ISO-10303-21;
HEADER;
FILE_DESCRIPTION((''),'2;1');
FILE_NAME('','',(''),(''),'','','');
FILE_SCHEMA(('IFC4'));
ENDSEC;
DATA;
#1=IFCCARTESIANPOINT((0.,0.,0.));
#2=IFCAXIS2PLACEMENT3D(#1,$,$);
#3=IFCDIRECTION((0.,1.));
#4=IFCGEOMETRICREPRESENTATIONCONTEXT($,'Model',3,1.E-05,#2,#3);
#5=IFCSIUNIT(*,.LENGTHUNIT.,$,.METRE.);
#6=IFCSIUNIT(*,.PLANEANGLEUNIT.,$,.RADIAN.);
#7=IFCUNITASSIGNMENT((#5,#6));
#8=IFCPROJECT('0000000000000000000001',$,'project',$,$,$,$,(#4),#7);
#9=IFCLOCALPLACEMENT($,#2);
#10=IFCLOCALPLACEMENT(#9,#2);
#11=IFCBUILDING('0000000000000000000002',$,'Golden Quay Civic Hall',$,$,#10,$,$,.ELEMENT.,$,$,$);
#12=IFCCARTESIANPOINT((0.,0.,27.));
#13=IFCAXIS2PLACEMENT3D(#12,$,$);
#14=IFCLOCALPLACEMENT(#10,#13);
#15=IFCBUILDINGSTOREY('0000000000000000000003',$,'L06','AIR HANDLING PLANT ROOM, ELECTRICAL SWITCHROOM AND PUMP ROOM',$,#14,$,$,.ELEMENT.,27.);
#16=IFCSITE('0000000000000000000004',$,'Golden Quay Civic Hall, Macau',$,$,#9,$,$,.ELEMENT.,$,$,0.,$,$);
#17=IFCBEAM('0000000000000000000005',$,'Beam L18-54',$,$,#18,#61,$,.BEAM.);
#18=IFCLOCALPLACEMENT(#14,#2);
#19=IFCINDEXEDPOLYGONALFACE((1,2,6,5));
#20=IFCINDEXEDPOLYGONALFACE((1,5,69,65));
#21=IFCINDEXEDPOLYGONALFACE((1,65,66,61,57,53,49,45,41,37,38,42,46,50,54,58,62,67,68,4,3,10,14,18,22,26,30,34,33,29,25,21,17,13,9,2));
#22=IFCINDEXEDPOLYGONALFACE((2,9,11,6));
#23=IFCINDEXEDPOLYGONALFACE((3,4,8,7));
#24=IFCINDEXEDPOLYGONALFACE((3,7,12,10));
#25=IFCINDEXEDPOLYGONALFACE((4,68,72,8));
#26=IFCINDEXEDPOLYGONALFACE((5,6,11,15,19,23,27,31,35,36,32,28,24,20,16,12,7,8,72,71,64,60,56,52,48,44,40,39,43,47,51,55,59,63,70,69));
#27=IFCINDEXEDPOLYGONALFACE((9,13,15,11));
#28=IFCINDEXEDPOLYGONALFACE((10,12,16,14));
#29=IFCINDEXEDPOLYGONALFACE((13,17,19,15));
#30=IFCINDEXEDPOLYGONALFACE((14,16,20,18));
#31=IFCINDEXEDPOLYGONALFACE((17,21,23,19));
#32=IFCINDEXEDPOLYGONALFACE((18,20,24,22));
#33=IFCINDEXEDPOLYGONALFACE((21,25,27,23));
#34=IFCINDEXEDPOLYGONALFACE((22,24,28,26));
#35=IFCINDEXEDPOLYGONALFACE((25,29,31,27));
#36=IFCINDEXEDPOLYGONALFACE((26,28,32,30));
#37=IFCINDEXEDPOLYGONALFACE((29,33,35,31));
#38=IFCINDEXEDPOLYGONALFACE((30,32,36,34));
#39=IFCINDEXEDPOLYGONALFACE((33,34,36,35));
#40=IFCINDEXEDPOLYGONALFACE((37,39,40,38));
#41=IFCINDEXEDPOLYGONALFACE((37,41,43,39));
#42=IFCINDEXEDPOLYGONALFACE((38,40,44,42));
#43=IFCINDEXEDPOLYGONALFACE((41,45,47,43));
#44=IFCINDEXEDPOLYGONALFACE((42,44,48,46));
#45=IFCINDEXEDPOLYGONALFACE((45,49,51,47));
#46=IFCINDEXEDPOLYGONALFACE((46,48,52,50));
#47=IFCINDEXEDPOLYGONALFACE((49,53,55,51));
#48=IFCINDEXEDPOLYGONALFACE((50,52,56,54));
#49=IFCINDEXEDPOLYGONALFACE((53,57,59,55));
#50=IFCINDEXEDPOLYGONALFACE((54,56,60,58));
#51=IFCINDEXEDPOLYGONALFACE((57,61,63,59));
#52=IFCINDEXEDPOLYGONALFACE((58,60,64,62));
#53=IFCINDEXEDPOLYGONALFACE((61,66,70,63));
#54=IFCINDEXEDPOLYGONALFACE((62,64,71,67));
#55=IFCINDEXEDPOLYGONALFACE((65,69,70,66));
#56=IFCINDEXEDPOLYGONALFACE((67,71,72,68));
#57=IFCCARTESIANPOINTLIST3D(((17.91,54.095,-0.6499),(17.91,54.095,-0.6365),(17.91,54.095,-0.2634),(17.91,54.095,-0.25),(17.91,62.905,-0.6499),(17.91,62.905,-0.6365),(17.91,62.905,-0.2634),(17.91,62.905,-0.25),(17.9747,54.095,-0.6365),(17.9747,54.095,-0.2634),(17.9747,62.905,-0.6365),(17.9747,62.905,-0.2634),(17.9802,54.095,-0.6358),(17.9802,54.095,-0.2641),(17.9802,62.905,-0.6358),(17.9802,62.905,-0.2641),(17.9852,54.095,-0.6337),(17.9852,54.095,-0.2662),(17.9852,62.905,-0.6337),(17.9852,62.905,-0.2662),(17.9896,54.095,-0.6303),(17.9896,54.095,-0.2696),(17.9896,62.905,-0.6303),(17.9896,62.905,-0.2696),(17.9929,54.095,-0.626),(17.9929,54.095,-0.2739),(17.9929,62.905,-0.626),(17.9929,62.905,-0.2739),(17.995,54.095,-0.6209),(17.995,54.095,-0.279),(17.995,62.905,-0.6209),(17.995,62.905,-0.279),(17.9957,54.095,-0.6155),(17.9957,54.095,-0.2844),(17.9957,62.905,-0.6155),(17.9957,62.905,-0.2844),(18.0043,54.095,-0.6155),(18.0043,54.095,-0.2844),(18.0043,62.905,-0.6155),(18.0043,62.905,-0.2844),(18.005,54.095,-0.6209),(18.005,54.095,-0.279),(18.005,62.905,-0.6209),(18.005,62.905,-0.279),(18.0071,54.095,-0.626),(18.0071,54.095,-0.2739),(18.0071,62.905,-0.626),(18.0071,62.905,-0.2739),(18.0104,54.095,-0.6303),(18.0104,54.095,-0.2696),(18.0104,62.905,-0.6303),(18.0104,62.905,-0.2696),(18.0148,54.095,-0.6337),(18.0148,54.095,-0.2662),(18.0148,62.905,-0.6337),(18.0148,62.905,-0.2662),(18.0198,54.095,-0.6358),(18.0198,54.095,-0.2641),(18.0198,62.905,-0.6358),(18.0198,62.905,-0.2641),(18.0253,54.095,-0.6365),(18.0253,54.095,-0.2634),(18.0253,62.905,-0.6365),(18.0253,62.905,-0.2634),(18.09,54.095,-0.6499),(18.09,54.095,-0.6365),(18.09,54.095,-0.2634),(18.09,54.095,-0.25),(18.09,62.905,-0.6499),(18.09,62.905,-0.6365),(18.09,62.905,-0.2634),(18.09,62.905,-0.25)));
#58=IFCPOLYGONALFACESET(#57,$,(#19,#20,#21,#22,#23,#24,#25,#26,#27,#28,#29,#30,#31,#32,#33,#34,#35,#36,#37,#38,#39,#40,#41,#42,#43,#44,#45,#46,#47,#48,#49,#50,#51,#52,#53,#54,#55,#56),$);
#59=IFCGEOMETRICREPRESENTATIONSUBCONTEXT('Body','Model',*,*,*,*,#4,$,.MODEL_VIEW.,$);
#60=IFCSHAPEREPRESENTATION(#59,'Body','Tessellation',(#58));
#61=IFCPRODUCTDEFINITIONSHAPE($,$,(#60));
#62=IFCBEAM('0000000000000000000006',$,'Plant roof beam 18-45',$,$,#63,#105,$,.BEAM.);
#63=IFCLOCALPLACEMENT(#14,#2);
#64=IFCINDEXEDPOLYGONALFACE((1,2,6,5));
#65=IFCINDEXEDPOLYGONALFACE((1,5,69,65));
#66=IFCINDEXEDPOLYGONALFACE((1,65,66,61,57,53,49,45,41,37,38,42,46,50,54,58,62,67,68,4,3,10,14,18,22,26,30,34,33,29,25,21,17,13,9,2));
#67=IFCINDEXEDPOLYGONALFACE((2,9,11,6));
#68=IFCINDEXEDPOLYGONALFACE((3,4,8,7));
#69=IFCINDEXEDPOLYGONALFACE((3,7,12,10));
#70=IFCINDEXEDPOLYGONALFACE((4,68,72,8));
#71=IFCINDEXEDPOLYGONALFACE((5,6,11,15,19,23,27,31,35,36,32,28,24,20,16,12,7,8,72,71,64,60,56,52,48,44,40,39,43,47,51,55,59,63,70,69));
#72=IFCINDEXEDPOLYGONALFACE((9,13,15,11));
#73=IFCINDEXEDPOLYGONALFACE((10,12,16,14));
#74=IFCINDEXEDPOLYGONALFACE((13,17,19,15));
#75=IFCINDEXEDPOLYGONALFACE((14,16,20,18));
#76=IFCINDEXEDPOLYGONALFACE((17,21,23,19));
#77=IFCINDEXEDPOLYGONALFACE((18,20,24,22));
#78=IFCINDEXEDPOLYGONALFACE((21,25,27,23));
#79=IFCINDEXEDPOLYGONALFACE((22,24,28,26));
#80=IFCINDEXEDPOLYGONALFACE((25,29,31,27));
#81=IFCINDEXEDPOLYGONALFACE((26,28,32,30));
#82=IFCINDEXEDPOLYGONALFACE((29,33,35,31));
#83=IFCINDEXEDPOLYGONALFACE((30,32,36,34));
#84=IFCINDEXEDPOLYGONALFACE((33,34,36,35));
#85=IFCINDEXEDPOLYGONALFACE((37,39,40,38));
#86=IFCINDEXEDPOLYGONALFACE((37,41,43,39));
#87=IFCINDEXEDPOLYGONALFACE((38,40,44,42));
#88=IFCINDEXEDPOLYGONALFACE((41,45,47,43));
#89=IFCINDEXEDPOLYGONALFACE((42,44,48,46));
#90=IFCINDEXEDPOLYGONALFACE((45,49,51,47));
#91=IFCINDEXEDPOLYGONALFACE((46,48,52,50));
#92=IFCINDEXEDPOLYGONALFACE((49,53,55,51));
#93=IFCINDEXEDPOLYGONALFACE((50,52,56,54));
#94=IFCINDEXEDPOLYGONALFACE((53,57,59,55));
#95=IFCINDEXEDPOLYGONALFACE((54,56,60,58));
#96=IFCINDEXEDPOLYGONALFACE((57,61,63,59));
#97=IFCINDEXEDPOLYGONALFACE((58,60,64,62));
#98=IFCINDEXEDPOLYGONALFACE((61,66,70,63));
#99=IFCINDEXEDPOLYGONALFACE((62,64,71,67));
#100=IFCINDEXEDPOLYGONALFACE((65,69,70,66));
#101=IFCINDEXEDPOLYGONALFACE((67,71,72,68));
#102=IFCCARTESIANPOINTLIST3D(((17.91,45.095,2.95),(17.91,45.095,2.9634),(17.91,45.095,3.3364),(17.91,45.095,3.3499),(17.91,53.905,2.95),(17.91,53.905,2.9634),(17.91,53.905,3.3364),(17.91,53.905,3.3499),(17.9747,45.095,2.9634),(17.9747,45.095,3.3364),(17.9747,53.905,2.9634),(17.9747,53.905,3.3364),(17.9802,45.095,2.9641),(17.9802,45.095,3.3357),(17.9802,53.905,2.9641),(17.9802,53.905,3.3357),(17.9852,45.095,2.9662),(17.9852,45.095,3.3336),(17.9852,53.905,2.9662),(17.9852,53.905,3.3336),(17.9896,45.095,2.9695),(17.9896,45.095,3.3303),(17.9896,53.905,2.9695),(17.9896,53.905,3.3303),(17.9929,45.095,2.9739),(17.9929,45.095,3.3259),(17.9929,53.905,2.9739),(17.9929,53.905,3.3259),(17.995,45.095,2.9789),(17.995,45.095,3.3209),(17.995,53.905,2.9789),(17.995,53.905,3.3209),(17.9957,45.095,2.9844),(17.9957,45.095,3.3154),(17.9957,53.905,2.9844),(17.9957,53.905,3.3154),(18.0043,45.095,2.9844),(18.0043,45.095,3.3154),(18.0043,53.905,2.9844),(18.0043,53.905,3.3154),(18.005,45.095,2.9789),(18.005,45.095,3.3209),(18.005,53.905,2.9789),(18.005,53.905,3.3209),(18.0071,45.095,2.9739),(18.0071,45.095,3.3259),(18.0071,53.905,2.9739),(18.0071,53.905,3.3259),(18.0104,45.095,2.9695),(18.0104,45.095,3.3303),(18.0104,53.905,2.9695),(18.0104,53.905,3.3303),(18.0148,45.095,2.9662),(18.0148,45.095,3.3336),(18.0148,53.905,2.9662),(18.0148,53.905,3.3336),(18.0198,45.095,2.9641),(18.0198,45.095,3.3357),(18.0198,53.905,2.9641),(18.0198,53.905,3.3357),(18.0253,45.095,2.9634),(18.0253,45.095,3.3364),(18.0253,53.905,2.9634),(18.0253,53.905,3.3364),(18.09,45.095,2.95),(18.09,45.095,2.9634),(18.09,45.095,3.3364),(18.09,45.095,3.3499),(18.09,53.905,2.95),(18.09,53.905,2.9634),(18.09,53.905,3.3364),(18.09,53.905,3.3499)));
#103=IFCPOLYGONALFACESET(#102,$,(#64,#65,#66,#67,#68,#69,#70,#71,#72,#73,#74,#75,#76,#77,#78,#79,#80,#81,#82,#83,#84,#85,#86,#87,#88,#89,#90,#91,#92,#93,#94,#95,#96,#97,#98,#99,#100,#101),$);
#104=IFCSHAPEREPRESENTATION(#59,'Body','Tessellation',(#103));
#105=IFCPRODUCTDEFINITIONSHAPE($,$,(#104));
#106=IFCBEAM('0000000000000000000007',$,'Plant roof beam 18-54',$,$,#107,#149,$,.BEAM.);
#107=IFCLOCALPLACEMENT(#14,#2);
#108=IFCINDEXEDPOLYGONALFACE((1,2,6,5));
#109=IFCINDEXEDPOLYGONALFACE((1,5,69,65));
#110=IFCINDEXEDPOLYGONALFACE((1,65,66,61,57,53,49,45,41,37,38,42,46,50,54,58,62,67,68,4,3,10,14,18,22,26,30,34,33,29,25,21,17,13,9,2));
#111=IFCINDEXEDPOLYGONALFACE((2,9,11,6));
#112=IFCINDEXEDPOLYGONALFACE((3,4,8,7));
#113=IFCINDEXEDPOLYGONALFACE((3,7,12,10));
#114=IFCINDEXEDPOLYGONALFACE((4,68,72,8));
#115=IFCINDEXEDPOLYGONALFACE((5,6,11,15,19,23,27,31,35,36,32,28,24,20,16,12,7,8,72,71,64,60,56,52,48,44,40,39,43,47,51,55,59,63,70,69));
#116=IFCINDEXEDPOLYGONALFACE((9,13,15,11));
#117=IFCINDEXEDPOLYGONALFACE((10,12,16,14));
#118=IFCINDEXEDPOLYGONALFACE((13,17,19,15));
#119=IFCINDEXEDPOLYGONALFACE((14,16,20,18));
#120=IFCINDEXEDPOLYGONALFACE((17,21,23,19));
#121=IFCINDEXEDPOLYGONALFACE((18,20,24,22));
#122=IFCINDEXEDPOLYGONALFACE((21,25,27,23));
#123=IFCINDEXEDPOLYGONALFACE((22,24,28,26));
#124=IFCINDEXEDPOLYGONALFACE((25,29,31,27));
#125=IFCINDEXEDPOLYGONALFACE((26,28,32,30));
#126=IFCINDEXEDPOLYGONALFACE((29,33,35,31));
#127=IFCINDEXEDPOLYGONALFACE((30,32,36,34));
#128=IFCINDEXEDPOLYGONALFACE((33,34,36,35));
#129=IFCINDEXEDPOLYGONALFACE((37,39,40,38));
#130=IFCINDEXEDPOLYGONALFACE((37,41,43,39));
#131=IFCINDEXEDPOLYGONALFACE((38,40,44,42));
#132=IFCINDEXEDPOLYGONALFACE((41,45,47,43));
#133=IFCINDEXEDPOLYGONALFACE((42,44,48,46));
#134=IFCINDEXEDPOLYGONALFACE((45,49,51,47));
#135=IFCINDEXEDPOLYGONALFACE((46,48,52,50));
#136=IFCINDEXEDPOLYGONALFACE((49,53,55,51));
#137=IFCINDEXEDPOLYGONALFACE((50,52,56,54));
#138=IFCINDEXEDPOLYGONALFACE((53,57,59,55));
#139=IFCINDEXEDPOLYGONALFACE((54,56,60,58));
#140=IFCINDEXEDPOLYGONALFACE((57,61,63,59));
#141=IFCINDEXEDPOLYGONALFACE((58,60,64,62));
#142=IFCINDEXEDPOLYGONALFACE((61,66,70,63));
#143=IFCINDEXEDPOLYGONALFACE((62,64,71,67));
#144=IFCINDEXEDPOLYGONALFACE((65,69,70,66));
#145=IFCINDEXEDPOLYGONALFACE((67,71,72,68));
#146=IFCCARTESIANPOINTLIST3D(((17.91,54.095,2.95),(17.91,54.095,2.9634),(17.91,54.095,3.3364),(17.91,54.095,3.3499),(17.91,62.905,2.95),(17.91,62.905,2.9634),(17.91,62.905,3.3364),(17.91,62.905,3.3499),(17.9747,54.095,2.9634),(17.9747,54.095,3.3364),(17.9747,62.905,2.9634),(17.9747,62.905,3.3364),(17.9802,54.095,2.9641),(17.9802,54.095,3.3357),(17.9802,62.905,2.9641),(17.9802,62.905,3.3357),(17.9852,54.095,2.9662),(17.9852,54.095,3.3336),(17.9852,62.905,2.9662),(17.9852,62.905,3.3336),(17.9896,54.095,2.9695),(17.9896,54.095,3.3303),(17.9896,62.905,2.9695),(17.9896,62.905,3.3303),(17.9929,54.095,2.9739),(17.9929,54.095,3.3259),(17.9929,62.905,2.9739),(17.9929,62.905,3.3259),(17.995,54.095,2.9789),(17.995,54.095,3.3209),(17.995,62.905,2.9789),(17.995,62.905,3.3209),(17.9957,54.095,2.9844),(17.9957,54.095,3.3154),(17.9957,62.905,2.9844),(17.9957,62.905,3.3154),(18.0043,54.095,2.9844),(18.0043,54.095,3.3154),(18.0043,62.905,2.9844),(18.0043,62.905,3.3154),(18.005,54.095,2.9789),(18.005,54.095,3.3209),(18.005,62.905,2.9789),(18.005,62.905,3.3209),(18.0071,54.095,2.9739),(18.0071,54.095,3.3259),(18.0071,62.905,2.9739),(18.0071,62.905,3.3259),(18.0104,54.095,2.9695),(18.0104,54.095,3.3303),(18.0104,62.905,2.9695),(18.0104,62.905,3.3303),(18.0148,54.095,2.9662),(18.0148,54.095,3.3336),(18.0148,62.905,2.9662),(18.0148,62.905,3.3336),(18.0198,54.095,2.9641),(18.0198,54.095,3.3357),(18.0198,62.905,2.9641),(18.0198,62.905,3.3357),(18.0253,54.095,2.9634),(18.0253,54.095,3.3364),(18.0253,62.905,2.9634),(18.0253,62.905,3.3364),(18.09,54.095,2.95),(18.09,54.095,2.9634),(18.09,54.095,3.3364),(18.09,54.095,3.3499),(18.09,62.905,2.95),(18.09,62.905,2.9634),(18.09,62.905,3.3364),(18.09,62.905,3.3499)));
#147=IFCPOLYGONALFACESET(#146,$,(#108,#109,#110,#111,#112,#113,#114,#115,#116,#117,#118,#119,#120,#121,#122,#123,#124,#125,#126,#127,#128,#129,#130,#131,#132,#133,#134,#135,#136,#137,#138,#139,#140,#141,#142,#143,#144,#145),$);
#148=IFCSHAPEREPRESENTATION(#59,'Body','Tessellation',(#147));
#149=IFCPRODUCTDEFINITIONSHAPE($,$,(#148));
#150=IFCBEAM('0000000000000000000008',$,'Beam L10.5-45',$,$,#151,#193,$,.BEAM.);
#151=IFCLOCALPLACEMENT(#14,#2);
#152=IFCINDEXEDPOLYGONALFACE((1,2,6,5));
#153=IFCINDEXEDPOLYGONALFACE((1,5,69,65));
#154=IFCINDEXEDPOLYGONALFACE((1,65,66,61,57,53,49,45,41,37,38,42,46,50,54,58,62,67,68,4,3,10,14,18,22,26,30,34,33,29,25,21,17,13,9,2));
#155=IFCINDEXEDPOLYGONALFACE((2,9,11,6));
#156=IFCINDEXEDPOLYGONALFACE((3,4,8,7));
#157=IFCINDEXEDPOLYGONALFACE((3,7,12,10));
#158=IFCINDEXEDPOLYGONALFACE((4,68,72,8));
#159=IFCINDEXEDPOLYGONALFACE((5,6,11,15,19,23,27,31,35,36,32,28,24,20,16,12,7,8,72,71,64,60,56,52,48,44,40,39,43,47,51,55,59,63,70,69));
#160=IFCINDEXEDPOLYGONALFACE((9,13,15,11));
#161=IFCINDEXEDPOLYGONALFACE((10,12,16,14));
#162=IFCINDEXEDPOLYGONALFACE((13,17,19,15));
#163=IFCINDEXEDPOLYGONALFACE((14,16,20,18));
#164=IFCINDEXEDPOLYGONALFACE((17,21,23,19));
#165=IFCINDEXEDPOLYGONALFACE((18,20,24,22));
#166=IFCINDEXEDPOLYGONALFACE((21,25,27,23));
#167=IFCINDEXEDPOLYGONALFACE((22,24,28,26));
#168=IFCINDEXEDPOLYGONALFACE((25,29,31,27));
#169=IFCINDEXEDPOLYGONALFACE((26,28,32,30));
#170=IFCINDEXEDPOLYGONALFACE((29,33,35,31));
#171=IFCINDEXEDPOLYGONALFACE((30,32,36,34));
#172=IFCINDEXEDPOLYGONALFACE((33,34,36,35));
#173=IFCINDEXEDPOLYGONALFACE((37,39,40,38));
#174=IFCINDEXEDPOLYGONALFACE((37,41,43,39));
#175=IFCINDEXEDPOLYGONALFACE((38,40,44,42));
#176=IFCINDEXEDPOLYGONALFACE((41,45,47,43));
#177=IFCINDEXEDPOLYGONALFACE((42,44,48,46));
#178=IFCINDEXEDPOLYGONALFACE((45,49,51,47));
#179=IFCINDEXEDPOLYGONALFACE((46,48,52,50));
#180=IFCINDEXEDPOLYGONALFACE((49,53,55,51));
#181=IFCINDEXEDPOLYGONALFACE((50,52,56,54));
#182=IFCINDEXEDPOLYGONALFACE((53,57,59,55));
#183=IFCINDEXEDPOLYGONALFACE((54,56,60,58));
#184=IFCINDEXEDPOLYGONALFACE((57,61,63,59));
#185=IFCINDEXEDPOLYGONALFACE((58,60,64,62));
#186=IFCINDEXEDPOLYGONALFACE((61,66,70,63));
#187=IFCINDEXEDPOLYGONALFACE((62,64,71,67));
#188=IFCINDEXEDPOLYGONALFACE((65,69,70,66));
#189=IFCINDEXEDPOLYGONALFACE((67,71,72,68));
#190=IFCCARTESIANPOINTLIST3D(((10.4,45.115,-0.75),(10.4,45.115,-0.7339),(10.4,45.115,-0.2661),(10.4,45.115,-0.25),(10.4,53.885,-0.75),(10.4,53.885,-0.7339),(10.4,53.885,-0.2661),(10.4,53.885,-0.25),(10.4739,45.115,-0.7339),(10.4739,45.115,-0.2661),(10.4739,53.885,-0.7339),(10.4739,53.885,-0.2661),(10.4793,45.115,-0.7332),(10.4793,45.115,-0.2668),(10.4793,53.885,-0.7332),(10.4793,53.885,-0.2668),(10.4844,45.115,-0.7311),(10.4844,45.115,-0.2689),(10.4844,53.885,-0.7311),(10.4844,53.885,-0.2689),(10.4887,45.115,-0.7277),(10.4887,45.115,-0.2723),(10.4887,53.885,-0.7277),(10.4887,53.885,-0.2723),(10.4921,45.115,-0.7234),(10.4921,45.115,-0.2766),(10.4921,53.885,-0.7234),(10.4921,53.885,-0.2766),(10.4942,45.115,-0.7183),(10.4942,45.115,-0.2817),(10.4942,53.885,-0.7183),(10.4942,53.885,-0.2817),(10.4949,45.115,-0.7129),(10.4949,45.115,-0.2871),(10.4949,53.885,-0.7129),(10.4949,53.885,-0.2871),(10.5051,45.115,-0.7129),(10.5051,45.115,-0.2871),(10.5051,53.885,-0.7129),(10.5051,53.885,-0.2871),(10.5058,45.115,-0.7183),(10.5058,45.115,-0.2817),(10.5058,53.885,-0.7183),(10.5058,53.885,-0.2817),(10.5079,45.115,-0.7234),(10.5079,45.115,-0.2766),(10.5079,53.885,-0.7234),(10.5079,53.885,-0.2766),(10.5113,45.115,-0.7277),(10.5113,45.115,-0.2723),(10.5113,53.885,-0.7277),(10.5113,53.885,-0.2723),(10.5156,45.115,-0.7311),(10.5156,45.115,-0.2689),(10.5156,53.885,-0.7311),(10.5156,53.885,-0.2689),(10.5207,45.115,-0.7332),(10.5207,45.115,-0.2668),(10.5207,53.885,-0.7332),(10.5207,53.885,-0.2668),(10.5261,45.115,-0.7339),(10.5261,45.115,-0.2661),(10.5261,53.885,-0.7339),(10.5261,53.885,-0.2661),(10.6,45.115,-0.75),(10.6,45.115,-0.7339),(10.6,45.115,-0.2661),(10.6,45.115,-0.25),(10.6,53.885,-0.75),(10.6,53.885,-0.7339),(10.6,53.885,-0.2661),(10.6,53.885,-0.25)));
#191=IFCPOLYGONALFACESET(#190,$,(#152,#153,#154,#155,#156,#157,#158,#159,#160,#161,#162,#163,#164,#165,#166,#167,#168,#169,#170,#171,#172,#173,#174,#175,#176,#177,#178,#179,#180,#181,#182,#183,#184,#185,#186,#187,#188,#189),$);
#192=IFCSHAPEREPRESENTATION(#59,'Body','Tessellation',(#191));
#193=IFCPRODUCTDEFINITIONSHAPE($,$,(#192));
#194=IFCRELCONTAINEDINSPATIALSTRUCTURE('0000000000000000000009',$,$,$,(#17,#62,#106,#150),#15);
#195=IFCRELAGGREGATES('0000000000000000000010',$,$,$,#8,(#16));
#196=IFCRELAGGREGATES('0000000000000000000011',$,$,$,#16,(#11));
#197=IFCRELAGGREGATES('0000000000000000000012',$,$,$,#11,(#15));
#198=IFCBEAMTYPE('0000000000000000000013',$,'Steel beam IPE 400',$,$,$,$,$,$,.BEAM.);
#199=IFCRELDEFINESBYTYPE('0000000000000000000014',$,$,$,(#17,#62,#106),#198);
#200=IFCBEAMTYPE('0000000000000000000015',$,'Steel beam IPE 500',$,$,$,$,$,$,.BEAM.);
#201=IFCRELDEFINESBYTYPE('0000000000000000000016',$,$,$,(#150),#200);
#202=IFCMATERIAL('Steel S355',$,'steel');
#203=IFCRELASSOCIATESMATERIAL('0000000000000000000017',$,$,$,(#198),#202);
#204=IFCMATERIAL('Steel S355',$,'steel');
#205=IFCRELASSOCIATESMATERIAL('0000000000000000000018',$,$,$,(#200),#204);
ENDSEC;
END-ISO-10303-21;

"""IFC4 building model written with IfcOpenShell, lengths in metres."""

from ifc_helpers import new_model, si_unit, direction, frame, origin, origin_2d, place, context, subcontext, project, spatial, i_section, extrude, material, material_profile, profile_set, type_object, element, save


model = new_model("IFC4")

# Units and contexts
model_context = context("Model", 3, precision=1e-05, world=origin(), true_north=direction((0.0, 1.0)))
body_context = subcontext(model_context, "Body", "Model", "MODEL_VIEW")
ifc_project = project(units=[si_unit("LENGTHUNIT", "METRE"), si_unit("PLANEANGLEUNIT", "RADIAN")], contexts=[model_context])

# Site, building, storey
site_placement = place(None, origin())
site = spatial("IfcSite", under=ifc_project, at=site_placement, Name="Golden Quay Civic Hall, Macau", CompositionType="ELEMENT", RefElevation=0.0)
building_placement = place(site_placement, origin())
building = spatial("IfcBuilding", under=site, at=building_placement, Name="Golden Quay Civic Hall", CompositionType="ELEMENT")
storey_placement = place(building_placement, frame((0.0, 0.0, 27.0)))
storey = spatial("IfcBuildingStorey", under=building, at=storey_placement, Name="L06", Description="AIR HANDLING PLANT ROOM, ELECTRICAL SWITCHROOM AND PUMP ROOM", CompositionType="ELEMENT", Elevation=27.0)

# Beams
ifc_material_1 = material(Name="Steel S355", Category="steel")
ifc_material_profile_1 = material_profile(ifc_material_1, i_section(OverallWidth=0.1799, OverallDepth=0.3999, WebThickness=0.0085, FlangeThickness=0.0134, FilletRadius=0.021, at=origin_2d()), Name="IPE 400")
ifc_profile_set_1 = profile_set([ifc_material_profile_1], Name="Steel S355")
beam_type_1 = type_object("IfcBeamType", Name="Steel beam IPE 400", PredefinedType="BEAM", material=ifc_profile_set_1)
for number, where, z_axis, x_axis, name in (
    (1, (18.0, 54.095, -0.45), (0.0, 1.0, 0.0), (-1.0, 0.0, 0.0), "Beam L18-54"),
    (2, (18.0, 45.095, 3.1499), (0.0, 1.0, 0.0), (-1.0, 0.0, 0.0), "Plant roof beam 18-45"),
    (3, (18.0, 54.095, 3.1499), (0.0, 1.0, 0.0), (-1.0, 0.0, 0.0), "Plant roof beam 18-54"),
):
    element("IfcBeam", number, at=place(storey_placement, frame(where, z_axis=z_axis, x_axis=x_axis)), inside=storey, type_object=beam_type_1, Name=name, PredefinedType="BEAM", context=body_context, shape_type="SweptSolid", body=[
        extrude(i_section(OverallWidth=0.1799, OverallDepth=0.3999, WebThickness=0.0085, FlangeThickness=0.0134, FilletRadius=0.021, at=origin_2d()), origin(), (0.0, 0.0, 1.0), 8.8101),
    ])
ifc_material_2 = material(Name="Steel S355", Category="steel")
ifc_material_profile_2 = material_profile(ifc_material_2, i_section(OverallWidth=0.2, OverallDepth=0.5, WebThickness=0.0103, FlangeThickness=0.0161, FilletRadius=0.021, at=origin_2d()), Name="IPE 500")
ifc_profile_set_2 = profile_set([ifc_material_profile_2], Name="Steel S355")
beam_type_2 = type_object("IfcBeamType", Name="Steel beam IPE 500", PredefinedType="BEAM", material=ifc_profile_set_2)
for number, where, z_axis, x_axis, name in (
    (4, (10.5, 45.115, -0.5), (0.0, 1.0, 0.0), (-1.0, 0.0, 0.0), "Beam L10.5-45"),
):
    element("IfcBeam", number, at=place(storey_placement, frame(where, z_axis=z_axis, x_axis=x_axis)), inside=storey, type_object=beam_type_2, Name=name, PredefinedType="BEAM", context=body_context, shape_type="SweptSolid", body=[
        extrude(i_section(OverallWidth=0.2, OverallDepth=0.5, WebThickness=0.0103, FlangeThickness=0.0161, FilletRadius=0.021, at=origin_2d()), origin(), (0.0, 0.0, 1.0), 8.77),
    ])

save(model, "model.ifc")
